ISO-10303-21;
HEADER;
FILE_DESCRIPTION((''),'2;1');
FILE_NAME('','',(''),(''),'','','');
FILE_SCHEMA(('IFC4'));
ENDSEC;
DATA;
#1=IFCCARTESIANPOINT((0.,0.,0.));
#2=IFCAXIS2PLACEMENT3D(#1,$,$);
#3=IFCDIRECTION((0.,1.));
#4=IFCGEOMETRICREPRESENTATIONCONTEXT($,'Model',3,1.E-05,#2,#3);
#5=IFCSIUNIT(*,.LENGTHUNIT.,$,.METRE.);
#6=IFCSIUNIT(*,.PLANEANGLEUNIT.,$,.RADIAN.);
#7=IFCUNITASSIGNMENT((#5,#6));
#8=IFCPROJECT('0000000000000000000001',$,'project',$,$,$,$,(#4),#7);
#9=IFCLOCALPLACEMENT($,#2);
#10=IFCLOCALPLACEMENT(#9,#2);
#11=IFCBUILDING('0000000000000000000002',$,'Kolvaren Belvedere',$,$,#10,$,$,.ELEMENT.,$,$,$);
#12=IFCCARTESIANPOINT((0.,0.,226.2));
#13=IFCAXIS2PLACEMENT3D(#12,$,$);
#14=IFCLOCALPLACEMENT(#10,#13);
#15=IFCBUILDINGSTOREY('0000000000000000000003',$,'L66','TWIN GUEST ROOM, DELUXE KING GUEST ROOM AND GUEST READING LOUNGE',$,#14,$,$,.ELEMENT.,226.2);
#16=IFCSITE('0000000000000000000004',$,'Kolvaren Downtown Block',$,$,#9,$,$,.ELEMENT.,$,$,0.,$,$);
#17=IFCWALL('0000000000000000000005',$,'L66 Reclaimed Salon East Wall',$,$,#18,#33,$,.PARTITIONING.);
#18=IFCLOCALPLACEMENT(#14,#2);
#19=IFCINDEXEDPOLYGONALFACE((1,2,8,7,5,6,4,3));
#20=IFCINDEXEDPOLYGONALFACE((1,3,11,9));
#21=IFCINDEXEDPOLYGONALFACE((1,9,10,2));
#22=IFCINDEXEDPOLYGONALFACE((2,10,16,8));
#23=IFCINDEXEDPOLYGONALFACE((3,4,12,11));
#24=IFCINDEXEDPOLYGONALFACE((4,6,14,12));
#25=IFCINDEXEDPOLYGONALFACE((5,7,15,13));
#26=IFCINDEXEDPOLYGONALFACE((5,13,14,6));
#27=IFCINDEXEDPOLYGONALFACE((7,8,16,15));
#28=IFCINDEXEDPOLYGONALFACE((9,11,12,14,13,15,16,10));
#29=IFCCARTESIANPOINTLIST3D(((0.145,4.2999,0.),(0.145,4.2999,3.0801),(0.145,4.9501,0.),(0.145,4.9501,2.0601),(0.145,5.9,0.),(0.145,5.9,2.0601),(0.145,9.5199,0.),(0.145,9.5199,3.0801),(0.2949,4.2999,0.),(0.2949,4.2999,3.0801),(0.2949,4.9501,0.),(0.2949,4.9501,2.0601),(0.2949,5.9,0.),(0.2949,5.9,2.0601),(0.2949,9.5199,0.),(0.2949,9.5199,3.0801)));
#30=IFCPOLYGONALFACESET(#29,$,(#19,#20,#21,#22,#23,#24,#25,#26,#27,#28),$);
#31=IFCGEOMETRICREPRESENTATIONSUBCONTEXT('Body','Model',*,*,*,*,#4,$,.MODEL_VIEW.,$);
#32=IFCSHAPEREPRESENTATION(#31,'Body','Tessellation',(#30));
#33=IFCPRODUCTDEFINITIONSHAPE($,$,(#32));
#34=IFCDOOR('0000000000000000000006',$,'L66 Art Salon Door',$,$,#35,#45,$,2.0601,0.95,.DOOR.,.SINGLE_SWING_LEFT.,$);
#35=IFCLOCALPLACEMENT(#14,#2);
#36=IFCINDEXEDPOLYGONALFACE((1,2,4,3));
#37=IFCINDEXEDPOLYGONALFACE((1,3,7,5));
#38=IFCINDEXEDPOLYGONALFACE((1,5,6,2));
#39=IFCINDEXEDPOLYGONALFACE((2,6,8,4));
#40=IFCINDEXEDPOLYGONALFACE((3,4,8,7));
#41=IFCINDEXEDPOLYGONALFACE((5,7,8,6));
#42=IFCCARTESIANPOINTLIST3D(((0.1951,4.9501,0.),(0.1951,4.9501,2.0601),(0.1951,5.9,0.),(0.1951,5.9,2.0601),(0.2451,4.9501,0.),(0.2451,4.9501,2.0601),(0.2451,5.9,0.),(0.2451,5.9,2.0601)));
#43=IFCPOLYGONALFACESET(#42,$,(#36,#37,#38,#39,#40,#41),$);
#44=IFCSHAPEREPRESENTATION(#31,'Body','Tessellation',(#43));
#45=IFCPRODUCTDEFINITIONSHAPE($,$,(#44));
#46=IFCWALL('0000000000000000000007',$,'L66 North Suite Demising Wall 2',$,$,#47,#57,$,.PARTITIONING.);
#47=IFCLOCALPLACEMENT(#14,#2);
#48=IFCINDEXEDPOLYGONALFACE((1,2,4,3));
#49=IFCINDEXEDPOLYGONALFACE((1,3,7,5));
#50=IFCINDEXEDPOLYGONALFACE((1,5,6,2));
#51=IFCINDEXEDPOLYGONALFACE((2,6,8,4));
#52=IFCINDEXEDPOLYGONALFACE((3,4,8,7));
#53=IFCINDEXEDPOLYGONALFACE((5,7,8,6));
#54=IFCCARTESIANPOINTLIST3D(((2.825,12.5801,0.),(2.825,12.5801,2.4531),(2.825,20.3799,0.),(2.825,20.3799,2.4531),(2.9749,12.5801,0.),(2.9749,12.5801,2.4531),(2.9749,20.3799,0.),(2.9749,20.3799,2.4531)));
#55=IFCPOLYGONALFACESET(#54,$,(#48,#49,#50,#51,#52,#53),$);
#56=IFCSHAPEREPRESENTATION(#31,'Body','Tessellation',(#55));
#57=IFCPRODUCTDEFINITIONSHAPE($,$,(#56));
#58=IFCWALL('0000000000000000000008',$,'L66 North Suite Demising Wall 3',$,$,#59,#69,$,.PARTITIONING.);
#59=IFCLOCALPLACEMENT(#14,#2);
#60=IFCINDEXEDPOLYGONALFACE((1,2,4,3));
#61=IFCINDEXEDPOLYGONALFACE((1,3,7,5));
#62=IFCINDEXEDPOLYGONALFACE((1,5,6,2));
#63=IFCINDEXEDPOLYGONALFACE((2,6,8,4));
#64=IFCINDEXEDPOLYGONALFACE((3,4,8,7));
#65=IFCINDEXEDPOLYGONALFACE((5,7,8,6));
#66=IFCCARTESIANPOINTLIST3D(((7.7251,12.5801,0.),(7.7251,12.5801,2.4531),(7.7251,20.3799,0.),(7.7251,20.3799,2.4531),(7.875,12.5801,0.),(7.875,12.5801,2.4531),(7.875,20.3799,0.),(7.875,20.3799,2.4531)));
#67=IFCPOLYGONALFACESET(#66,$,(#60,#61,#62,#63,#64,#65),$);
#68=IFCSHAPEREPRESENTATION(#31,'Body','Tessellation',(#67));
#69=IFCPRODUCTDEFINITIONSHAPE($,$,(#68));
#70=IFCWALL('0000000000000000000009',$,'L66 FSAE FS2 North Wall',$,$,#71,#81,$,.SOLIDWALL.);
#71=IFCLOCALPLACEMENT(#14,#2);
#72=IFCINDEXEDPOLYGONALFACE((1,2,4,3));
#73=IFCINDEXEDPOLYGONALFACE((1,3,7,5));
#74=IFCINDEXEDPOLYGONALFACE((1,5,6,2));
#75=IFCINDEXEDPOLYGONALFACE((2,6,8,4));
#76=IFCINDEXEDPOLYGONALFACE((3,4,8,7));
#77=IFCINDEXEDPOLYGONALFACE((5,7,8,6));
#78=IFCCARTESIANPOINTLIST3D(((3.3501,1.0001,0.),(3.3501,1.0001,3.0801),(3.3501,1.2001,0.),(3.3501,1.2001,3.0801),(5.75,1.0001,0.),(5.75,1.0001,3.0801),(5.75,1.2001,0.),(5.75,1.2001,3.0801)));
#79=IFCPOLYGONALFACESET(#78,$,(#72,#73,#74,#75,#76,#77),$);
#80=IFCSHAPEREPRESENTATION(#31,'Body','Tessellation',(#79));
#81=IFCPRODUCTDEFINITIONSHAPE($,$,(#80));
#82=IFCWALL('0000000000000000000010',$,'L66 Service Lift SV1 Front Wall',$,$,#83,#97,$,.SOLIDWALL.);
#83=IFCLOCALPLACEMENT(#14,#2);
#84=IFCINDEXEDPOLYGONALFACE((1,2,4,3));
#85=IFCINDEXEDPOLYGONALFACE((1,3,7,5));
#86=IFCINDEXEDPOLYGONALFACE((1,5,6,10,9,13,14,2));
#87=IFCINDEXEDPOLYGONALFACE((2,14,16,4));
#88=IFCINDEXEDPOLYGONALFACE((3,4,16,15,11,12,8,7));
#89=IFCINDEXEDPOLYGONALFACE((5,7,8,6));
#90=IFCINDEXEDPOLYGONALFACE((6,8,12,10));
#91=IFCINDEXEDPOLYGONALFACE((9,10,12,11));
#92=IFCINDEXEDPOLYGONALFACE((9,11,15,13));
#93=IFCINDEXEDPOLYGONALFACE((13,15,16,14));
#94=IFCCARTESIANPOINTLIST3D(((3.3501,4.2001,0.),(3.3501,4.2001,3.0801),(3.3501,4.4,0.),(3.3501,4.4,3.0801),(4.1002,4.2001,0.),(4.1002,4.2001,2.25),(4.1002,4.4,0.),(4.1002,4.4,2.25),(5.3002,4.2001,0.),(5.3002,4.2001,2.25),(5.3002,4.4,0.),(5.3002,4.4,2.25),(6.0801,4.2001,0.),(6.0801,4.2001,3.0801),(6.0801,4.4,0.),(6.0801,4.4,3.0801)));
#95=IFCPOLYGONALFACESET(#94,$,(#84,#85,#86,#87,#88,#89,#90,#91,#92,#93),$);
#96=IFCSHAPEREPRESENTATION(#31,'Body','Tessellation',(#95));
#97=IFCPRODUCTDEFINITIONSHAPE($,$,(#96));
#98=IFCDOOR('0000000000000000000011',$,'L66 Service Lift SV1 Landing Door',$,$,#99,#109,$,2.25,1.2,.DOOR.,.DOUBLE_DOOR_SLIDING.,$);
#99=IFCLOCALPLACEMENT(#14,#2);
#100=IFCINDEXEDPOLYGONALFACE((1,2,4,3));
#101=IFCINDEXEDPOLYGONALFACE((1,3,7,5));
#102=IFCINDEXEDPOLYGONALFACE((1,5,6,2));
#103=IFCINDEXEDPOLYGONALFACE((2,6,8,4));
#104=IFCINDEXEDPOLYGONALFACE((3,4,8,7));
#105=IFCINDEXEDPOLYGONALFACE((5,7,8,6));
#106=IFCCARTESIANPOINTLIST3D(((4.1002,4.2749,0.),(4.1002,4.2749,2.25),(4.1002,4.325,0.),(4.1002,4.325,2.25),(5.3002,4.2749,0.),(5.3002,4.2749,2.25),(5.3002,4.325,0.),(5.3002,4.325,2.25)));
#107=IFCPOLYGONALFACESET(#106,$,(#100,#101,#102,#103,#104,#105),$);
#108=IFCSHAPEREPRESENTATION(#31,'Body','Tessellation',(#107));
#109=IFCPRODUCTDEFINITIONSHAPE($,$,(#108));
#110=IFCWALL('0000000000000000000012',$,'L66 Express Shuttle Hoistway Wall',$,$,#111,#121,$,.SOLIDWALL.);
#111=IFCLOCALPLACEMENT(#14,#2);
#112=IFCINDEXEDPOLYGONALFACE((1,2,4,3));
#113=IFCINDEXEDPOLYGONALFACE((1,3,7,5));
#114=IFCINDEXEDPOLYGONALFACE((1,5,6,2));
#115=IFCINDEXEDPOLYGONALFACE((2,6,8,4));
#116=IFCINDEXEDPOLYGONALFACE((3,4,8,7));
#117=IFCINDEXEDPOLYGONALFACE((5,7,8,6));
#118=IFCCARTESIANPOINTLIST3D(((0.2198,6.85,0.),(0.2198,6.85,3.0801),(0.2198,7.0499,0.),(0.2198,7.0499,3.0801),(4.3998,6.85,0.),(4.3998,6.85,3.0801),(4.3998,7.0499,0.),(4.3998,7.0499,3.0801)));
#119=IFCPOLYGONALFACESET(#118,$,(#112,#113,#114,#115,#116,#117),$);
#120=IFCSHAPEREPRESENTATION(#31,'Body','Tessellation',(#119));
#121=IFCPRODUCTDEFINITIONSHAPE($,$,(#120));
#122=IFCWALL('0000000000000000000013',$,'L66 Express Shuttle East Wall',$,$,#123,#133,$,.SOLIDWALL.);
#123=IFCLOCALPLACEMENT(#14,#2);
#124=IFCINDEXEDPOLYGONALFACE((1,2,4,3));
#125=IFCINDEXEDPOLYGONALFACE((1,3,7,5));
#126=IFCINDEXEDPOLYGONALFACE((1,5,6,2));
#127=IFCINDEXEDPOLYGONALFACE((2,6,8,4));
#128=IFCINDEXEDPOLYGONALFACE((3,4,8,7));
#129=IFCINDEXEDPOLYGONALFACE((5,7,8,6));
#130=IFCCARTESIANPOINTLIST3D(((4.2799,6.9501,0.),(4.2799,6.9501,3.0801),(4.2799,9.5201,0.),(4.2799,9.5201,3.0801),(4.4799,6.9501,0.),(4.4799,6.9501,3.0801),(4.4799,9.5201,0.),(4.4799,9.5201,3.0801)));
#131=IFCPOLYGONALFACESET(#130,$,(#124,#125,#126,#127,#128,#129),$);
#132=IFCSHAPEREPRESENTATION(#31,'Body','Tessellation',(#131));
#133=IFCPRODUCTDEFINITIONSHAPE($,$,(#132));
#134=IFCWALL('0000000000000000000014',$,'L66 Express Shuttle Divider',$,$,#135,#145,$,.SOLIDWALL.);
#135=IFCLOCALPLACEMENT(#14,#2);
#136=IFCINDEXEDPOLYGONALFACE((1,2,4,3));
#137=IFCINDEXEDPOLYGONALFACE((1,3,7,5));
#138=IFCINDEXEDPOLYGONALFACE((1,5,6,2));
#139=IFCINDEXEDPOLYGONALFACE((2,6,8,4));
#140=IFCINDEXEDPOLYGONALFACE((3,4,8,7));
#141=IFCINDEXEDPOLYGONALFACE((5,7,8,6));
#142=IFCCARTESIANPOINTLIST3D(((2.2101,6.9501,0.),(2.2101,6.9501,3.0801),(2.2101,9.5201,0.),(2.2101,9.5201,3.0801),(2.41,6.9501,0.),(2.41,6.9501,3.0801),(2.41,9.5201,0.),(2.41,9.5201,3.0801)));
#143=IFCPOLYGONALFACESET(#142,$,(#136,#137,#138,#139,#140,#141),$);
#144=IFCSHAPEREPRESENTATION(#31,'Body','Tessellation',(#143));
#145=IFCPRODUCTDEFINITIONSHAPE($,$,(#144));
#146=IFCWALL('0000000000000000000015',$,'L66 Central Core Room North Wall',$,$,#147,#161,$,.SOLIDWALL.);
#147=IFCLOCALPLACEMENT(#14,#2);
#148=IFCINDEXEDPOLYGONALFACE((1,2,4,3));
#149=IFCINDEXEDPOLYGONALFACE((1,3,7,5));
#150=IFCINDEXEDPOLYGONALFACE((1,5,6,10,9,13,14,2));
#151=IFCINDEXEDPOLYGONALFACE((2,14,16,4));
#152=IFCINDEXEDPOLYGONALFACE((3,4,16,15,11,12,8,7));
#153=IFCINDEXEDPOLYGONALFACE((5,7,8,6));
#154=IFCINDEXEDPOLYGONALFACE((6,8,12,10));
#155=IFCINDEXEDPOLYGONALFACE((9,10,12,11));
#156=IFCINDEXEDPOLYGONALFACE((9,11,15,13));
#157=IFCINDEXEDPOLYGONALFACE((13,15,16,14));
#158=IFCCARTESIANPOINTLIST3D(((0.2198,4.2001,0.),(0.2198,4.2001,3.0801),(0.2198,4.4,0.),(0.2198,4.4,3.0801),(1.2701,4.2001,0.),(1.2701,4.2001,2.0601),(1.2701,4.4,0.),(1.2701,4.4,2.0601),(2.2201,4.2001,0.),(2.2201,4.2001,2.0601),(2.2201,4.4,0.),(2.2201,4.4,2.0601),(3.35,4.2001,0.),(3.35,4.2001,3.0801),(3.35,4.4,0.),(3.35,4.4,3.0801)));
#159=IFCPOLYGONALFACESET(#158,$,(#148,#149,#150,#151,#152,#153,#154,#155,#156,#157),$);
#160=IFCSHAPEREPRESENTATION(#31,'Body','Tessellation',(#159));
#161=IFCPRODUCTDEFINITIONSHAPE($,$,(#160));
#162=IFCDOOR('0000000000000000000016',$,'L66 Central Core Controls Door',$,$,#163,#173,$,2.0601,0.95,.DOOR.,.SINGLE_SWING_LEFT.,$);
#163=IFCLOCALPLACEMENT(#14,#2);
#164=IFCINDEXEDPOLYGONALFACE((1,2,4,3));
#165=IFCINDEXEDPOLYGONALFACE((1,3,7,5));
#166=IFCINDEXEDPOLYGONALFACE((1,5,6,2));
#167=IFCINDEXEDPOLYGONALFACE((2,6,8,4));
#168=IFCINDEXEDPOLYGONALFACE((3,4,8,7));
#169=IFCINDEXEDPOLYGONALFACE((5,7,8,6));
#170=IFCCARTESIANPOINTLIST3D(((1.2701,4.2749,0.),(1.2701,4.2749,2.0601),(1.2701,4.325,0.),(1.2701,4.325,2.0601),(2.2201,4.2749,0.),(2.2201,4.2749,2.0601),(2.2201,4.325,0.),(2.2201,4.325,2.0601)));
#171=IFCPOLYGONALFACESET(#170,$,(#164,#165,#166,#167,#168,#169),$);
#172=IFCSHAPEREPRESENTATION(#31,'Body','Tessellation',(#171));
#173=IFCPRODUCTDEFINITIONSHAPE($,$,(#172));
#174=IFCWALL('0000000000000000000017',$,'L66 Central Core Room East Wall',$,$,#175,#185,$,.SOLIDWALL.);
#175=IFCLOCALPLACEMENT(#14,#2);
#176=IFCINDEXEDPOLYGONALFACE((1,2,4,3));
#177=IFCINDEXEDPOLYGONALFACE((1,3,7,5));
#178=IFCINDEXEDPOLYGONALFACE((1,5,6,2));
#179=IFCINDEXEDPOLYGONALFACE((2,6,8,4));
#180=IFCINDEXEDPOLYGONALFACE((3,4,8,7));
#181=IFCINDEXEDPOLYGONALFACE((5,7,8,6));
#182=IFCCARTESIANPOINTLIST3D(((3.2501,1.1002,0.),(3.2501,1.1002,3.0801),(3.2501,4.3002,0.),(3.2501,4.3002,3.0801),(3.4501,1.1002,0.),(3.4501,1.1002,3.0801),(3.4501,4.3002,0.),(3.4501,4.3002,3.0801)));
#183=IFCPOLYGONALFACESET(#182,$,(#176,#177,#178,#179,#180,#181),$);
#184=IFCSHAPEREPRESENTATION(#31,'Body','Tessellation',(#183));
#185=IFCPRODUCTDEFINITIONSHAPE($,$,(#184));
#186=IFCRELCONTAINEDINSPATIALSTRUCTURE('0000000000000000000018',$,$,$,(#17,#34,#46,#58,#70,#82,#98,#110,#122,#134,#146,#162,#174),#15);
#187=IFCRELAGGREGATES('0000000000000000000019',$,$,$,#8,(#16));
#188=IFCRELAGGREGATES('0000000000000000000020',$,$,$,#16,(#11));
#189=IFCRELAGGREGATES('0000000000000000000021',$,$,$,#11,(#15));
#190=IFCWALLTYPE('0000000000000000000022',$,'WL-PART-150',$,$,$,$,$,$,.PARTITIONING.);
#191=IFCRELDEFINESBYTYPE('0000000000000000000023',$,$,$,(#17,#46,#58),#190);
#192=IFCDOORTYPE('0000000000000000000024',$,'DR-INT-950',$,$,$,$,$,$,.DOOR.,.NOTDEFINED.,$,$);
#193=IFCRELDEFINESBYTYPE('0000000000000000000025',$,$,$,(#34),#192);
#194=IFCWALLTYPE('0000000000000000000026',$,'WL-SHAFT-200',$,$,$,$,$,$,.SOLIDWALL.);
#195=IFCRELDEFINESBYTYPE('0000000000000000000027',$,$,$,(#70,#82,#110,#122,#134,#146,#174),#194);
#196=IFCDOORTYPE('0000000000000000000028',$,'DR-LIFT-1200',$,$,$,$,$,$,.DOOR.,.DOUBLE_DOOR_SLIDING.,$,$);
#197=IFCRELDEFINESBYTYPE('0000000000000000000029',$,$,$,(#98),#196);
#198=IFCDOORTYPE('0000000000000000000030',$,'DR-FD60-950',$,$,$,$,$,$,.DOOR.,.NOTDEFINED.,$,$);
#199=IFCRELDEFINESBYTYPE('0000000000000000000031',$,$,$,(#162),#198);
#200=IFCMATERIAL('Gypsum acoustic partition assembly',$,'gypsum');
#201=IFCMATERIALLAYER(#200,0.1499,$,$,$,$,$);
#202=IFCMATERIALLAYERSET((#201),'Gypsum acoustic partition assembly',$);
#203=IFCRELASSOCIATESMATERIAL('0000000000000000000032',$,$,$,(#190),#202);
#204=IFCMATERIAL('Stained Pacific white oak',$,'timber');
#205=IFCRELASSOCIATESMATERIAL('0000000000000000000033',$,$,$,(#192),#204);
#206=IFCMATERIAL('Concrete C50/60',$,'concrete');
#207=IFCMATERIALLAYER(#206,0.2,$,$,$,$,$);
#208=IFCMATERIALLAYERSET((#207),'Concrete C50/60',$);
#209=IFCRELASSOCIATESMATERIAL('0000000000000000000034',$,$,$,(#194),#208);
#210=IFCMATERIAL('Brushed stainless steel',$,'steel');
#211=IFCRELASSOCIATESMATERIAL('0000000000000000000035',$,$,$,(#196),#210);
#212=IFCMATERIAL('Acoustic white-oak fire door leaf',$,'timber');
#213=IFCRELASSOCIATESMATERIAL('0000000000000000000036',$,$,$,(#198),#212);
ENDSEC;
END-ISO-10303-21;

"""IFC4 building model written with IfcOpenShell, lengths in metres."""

from ifc_helpers import new_model, si_unit, direction, frame, frame_2d, origin, place, context, subcontext, project, spatial, rectangle, extrude, material, layer, layer_set, type_object, element, fill, save


model = new_model("IFC4")

# Units and contexts
model_context = context("Model", 3, precision=1e-05, world=origin(), true_north=direction((0.0, 1.0)))
body_context = subcontext(model_context, "Body", "Model", "MODEL_VIEW")
ifc_project = project(units=[si_unit("LENGTHUNIT", "METRE"), si_unit("PLANEANGLEUNIT", "RADIAN")], contexts=[model_context])

# Site, building, storey
site_placement = place(None, origin())
site = spatial("IfcSite", under=ifc_project, at=site_placement, Name="Kolvaren Downtown Block", CompositionType="ELEMENT", RefElevation=0.0)
building_placement = place(site_placement, origin())
building = spatial("IfcBuilding", under=site, at=building_placement, Name="Kolvaren Belvedere", CompositionType="ELEMENT")
storey_placement = place(building_placement, frame((0.0, 0.0, 226.2)))
storey = spatial("IfcBuildingStorey", under=building, at=storey_placement, Name="L66", Description="TWIN GUEST ROOM, DELUXE KING GUEST ROOM AND GUEST READING LOUNGE", CompositionType="ELEMENT", Elevation=226.2)

# Wall, opening, door
ifc_material_1 = material(Name="Gypsum acoustic partition assembly", Category="gypsum")
ifc_layer_1 = layer(ifc_material_1, 0.1499)
ifc_layer_set_1 = layer_set([ifc_layer_1], Name="Gypsum acoustic partition assembly")
wall_type_1 = type_object("IfcWallType", Name="WL-PART-150", PredefinedType="PARTITIONING", material=ifc_layer_set_1)
wall_1_placement = place(storey_placement, frame((0.22, 4.3, 0.0), z_axis=(0.0, 0.0, 1.0), x_axis=(0.0, 1.0, 0.0)))
wall_1 = element("IfcWall", 1, at=wall_1_placement, inside=storey, type_object=wall_type_1, Name="L66 Reclaimed Salon East Wall", PredefinedType="PARTITIONING", context=body_context, shape_type="SweptSolid", body=[
    extrude(rectangle(XDim=5.22, YDim=0.1499, at=frame_2d((2.6099, 0.0))), origin(), (0.0, 0.0, 1.0), 3.0801),
])
opening_1_placement = place(wall_1_placement, frame((0.6499, 0.0, 0.0)))
opening_1 = element("IfcOpeningElement", 2, at=opening_1_placement, cuts=wall_1, PredefinedType="OPENING", context=body_context, shape_type="SweptSolid", body=[
    extrude(rectangle(XDim=0.95, YDim=2.0601, at=frame_2d((0.4751, 1.03))), frame((0.0, 0.085, 0.0), z_axis=(0.0, -1.0, 0.0), x_axis=(1.0, 0.0, 0.0)), (0.0, 0.0, 1.0), 0.1699),
])
ifc_material_2 = material(Name="Stained Pacific white oak", Category="timber")
door_type_1 = type_object("IfcDoorType", Name="DR-INT-950", OperationType="NOTDEFINED", PredefinedType="DOOR", material=ifc_material_2)
door_1_placement = place(opening_1_placement, origin())
door_1 = element("IfcDoor", 3, at=door_1_placement, inside=storey, type_object=door_type_1, Name="L66 Art Salon Door", OperationType="SINGLE_SWING_LEFT", OverallHeight=2.0601, OverallWidth=0.95, PredefinedType="DOOR", context=body_context, shape_type="SweptSolid", body=[
    extrude(rectangle(XDim=0.95, YDim=2.0601, at=frame_2d((0.4751, 1.03))), frame((0.0, 0.0249, 0.0), z_axis=(0.0, -1.0, 0.0), x_axis=(1.0, 0.0, 0.0)), (0.0, 0.0, 1.0), 0.05),
])
fill(opening_1, door_1)

# Walls
for number, where, z_axis, x_axis, name in (
    (4, (2.8999, 12.5801, 0.0), (0.0, 0.0, 1.0), (0.0, 1.0, 0.0), "L66 North Suite Demising Wall 2"),
    (5, (7.8, 12.5801, 0.0), (0.0, 0.0, 1.0), (0.0, 1.0, 0.0), "L66 North Suite Demising Wall 3"),
):
    element("IfcWall", number, at=place(storey_placement, frame(where, z_axis=z_axis, x_axis=x_axis)), inside=storey, type_object=wall_type_1, Name=name, PredefinedType="PARTITIONING", context=body_context, shape_type="SweptSolid", body=[
        extrude(rectangle(XDim=7.7998, YDim=0.1499, at=frame_2d((3.8999, 0.0))), origin(), (0.0, 0.0, 1.0), 2.4531),
    ])
ifc_material_3 = material(Name="Concrete C50/60", Category="concrete")
ifc_layer_2 = layer(ifc_material_3, 0.2)
ifc_layer_set_2 = layer_set([ifc_layer_2], Name="Concrete C50/60")
wall_type_2 = type_object("IfcWallType", Name="WL-SHAFT-200", PredefinedType="SOLIDWALL", material=ifc_layer_set_2)
wall_2_placement = place(storey_placement, frame((3.3501, 1.1001, 0.0), z_axis=(0.0, 0.0, 1.0), x_axis=(1.0, 0.0, 0.0)))
element("IfcWall", 6, at=wall_2_placement, inside=storey, type_object=wall_type_2, Name="L66 FSAE FS2 North Wall", PredefinedType="SOLIDWALL", context=body_context, shape_type="SweptSolid", body=[
    extrude(rectangle(XDim=2.3999, YDim=0.2, at=frame_2d((1.2, 0.0))), origin(), (0.0, 0.0, 1.0), 3.0801),
])

# Wall, opening, door
wall_3_placement = place(storey_placement, frame((3.3501, 4.3, 0.0), z_axis=(0.0, 0.0, 1.0), x_axis=(1.0, 0.0, 0.0)))
wall_3 = element("IfcWall", 7, at=wall_3_placement, inside=storey, type_object=wall_type_2, Name="L66 Service Lift SV1 Front Wall", PredefinedType="SOLIDWALL", context=body_context, shape_type="SweptSolid", body=[
    extrude(rectangle(XDim=2.73, YDim=0.2, at=frame_2d((1.365, 0.0))), origin(), (0.0, 0.0, 1.0), 3.0801),
])
opening_2_placement = place(wall_3_placement, frame((0.75, 0.0, 0.0)))
opening_2 = element("IfcOpeningElement", 8, at=opening_2_placement, cuts=wall_3, PredefinedType="OPENING", context=body_context, shape_type="SweptSolid", body=[
    extrude(rectangle(XDim=1.2, YDim=2.25, at=frame_2d((0.6001, 1.125))), frame((0.0, 0.1099, 0.0), z_axis=(0.0, -1.0, 0.0), x_axis=(1.0, 0.0, 0.0)), (0.0, 0.0, 1.0), 0.22),
])
ifc_material_4 = material(Name="Brushed stainless steel", Category="steel")
door_type_2 = type_object("IfcDoorType", Name="DR-LIFT-1200", OperationType="DOUBLE_DOOR_SLIDING", PredefinedType="DOOR", material=ifc_material_4)
door_2_placement = place(opening_2_placement, origin())
door_2 = element("IfcDoor", 9, at=door_2_placement, inside=storey, type_object=door_type_2, Name="L66 Service Lift SV1 Landing Door", OperationType="DOUBLE_DOOR_SLIDING", OverallHeight=2.25, OverallWidth=1.2, PredefinedType="DOOR", context=body_context, shape_type="SweptSolid", body=[
    extrude(rectangle(XDim=1.2, YDim=2.25, at=frame_2d((0.6001, 1.125))), frame((0.0, 0.0249, 0.0), z_axis=(0.0, -1.0, 0.0), x_axis=(1.0, 0.0, 0.0)), (0.0, 0.0, 1.0), 0.05),
])
fill(opening_2, door_2)

# Walls
wall_4_placement = place(storey_placement, frame((0.22, 6.95, 0.0), z_axis=(0.0, 0.0, 1.0), x_axis=(1.0, 0.0, 0.0)))
element("IfcWall", 10, at=wall_4_placement, inside=storey, type_object=wall_type_2, Name="L66 Express Shuttle Hoistway Wall", PredefinedType="SOLIDWALL", context=body_context, shape_type="SweptSolid", body=[
    extrude(rectangle(XDim=4.1799, YDim=0.2, at=frame_2d((2.0898, 0.0))), origin(), (0.0, 0.0, 1.0), 3.0801),
])
for number, where, z_axis, x_axis, name in (
    (11, (4.3799, 6.95, 0.0), (0.0, 0.0, 1.0), (0.0, 1.0, 0.0), "L66 Express Shuttle East Wall"),
    (12, (2.3101, 6.95, 0.0), (0.0, 0.0, 1.0), (0.0, 1.0, 0.0), "L66 Express Shuttle Divider"),
):
    element("IfcWall", number, at=place(storey_placement, frame(where, z_axis=z_axis, x_axis=x_axis)), inside=storey, type_object=wall_type_2, Name=name, PredefinedType="SOLIDWALL", context=body_context, shape_type="SweptSolid", body=[
        extrude(rectangle(XDim=2.5701, YDim=0.2, at=frame_2d((1.2852, 0.0))), origin(), (0.0, 0.0, 1.0), 3.0801),
    ])

# Wall, opening, door
wall_5_placement = place(storey_placement, frame((0.22, 4.3, 0.0), z_axis=(0.0, 0.0, 1.0), x_axis=(1.0, 0.0, 0.0)))
wall_5 = element("IfcWall", 13, at=wall_5_placement, inside=storey, type_object=wall_type_2, Name="L66 Central Core Room North Wall", PredefinedType="SOLIDWALL", context=body_context, shape_type="SweptSolid", body=[
    extrude(rectangle(XDim=3.1301, YDim=0.2, at=frame_2d((1.5649, 0.0))), origin(), (0.0, 0.0, 1.0), 3.0801),
])
opening_3_placement = place(wall_5_placement, frame((1.05, 0.0, 0.0)))
opening_3 = element("IfcOpeningElement", 14, at=opening_3_placement, cuts=wall_5, PredefinedType="OPENING", context=body_context, shape_type="SweptSolid", body=[
    extrude(rectangle(XDim=0.95, YDim=2.0601, at=frame_2d((0.4751, 1.03))), frame((0.0, 0.1099, 0.0), z_axis=(0.0, -1.0, 0.0), x_axis=(1.0, 0.0, 0.0)), (0.0, 0.0, 1.0), 0.22),
])
ifc_material_5 = material(Name="Acoustic white-oak fire door leaf", Category="timber")
door_type_3 = type_object("IfcDoorType", Name="DR-FD60-950", OperationType="NOTDEFINED", PredefinedType="DOOR", material=ifc_material_5)
door_3_placement = place(opening_3_placement, origin())
door_3 = element("IfcDoor", 15, at=door_3_placement, inside=storey, type_object=door_type_3, Name="L66 Central Core Controls Door", OperationType="SINGLE_SWING_LEFT", OverallHeight=2.0601, OverallWidth=0.95, PredefinedType="DOOR", context=body_context, shape_type="SweptSolid", body=[
    extrude(rectangle(XDim=0.95, YDim=2.0601, at=frame_2d((0.4751, 1.03))), frame((0.0, 0.0249, 0.0), z_axis=(0.0, -1.0, 0.0), x_axis=(1.0, 0.0, 0.0)), (0.0, 0.0, 1.0), 0.05),
])
fill(opening_3, door_3)

# Wall
wall_6_placement = place(storey_placement, frame((3.3501, 1.1001, 0.0), z_axis=(0.0, 0.0, 1.0), x_axis=(0.0, 1.0, 0.0)))
element("IfcWall", 16, at=wall_6_placement, inside=storey, type_object=wall_type_2, Name="L66 Central Core Room East Wall", PredefinedType="SOLIDWALL", context=body_context, shape_type="SweptSolid", body=[
    extrude(rectangle(XDim=3.2, YDim=0.2, at=frame_2d((1.6001, 0.0))), origin(), (0.0, 0.0, 1.0), 3.0801),
])

save(model, "model.ifc")
